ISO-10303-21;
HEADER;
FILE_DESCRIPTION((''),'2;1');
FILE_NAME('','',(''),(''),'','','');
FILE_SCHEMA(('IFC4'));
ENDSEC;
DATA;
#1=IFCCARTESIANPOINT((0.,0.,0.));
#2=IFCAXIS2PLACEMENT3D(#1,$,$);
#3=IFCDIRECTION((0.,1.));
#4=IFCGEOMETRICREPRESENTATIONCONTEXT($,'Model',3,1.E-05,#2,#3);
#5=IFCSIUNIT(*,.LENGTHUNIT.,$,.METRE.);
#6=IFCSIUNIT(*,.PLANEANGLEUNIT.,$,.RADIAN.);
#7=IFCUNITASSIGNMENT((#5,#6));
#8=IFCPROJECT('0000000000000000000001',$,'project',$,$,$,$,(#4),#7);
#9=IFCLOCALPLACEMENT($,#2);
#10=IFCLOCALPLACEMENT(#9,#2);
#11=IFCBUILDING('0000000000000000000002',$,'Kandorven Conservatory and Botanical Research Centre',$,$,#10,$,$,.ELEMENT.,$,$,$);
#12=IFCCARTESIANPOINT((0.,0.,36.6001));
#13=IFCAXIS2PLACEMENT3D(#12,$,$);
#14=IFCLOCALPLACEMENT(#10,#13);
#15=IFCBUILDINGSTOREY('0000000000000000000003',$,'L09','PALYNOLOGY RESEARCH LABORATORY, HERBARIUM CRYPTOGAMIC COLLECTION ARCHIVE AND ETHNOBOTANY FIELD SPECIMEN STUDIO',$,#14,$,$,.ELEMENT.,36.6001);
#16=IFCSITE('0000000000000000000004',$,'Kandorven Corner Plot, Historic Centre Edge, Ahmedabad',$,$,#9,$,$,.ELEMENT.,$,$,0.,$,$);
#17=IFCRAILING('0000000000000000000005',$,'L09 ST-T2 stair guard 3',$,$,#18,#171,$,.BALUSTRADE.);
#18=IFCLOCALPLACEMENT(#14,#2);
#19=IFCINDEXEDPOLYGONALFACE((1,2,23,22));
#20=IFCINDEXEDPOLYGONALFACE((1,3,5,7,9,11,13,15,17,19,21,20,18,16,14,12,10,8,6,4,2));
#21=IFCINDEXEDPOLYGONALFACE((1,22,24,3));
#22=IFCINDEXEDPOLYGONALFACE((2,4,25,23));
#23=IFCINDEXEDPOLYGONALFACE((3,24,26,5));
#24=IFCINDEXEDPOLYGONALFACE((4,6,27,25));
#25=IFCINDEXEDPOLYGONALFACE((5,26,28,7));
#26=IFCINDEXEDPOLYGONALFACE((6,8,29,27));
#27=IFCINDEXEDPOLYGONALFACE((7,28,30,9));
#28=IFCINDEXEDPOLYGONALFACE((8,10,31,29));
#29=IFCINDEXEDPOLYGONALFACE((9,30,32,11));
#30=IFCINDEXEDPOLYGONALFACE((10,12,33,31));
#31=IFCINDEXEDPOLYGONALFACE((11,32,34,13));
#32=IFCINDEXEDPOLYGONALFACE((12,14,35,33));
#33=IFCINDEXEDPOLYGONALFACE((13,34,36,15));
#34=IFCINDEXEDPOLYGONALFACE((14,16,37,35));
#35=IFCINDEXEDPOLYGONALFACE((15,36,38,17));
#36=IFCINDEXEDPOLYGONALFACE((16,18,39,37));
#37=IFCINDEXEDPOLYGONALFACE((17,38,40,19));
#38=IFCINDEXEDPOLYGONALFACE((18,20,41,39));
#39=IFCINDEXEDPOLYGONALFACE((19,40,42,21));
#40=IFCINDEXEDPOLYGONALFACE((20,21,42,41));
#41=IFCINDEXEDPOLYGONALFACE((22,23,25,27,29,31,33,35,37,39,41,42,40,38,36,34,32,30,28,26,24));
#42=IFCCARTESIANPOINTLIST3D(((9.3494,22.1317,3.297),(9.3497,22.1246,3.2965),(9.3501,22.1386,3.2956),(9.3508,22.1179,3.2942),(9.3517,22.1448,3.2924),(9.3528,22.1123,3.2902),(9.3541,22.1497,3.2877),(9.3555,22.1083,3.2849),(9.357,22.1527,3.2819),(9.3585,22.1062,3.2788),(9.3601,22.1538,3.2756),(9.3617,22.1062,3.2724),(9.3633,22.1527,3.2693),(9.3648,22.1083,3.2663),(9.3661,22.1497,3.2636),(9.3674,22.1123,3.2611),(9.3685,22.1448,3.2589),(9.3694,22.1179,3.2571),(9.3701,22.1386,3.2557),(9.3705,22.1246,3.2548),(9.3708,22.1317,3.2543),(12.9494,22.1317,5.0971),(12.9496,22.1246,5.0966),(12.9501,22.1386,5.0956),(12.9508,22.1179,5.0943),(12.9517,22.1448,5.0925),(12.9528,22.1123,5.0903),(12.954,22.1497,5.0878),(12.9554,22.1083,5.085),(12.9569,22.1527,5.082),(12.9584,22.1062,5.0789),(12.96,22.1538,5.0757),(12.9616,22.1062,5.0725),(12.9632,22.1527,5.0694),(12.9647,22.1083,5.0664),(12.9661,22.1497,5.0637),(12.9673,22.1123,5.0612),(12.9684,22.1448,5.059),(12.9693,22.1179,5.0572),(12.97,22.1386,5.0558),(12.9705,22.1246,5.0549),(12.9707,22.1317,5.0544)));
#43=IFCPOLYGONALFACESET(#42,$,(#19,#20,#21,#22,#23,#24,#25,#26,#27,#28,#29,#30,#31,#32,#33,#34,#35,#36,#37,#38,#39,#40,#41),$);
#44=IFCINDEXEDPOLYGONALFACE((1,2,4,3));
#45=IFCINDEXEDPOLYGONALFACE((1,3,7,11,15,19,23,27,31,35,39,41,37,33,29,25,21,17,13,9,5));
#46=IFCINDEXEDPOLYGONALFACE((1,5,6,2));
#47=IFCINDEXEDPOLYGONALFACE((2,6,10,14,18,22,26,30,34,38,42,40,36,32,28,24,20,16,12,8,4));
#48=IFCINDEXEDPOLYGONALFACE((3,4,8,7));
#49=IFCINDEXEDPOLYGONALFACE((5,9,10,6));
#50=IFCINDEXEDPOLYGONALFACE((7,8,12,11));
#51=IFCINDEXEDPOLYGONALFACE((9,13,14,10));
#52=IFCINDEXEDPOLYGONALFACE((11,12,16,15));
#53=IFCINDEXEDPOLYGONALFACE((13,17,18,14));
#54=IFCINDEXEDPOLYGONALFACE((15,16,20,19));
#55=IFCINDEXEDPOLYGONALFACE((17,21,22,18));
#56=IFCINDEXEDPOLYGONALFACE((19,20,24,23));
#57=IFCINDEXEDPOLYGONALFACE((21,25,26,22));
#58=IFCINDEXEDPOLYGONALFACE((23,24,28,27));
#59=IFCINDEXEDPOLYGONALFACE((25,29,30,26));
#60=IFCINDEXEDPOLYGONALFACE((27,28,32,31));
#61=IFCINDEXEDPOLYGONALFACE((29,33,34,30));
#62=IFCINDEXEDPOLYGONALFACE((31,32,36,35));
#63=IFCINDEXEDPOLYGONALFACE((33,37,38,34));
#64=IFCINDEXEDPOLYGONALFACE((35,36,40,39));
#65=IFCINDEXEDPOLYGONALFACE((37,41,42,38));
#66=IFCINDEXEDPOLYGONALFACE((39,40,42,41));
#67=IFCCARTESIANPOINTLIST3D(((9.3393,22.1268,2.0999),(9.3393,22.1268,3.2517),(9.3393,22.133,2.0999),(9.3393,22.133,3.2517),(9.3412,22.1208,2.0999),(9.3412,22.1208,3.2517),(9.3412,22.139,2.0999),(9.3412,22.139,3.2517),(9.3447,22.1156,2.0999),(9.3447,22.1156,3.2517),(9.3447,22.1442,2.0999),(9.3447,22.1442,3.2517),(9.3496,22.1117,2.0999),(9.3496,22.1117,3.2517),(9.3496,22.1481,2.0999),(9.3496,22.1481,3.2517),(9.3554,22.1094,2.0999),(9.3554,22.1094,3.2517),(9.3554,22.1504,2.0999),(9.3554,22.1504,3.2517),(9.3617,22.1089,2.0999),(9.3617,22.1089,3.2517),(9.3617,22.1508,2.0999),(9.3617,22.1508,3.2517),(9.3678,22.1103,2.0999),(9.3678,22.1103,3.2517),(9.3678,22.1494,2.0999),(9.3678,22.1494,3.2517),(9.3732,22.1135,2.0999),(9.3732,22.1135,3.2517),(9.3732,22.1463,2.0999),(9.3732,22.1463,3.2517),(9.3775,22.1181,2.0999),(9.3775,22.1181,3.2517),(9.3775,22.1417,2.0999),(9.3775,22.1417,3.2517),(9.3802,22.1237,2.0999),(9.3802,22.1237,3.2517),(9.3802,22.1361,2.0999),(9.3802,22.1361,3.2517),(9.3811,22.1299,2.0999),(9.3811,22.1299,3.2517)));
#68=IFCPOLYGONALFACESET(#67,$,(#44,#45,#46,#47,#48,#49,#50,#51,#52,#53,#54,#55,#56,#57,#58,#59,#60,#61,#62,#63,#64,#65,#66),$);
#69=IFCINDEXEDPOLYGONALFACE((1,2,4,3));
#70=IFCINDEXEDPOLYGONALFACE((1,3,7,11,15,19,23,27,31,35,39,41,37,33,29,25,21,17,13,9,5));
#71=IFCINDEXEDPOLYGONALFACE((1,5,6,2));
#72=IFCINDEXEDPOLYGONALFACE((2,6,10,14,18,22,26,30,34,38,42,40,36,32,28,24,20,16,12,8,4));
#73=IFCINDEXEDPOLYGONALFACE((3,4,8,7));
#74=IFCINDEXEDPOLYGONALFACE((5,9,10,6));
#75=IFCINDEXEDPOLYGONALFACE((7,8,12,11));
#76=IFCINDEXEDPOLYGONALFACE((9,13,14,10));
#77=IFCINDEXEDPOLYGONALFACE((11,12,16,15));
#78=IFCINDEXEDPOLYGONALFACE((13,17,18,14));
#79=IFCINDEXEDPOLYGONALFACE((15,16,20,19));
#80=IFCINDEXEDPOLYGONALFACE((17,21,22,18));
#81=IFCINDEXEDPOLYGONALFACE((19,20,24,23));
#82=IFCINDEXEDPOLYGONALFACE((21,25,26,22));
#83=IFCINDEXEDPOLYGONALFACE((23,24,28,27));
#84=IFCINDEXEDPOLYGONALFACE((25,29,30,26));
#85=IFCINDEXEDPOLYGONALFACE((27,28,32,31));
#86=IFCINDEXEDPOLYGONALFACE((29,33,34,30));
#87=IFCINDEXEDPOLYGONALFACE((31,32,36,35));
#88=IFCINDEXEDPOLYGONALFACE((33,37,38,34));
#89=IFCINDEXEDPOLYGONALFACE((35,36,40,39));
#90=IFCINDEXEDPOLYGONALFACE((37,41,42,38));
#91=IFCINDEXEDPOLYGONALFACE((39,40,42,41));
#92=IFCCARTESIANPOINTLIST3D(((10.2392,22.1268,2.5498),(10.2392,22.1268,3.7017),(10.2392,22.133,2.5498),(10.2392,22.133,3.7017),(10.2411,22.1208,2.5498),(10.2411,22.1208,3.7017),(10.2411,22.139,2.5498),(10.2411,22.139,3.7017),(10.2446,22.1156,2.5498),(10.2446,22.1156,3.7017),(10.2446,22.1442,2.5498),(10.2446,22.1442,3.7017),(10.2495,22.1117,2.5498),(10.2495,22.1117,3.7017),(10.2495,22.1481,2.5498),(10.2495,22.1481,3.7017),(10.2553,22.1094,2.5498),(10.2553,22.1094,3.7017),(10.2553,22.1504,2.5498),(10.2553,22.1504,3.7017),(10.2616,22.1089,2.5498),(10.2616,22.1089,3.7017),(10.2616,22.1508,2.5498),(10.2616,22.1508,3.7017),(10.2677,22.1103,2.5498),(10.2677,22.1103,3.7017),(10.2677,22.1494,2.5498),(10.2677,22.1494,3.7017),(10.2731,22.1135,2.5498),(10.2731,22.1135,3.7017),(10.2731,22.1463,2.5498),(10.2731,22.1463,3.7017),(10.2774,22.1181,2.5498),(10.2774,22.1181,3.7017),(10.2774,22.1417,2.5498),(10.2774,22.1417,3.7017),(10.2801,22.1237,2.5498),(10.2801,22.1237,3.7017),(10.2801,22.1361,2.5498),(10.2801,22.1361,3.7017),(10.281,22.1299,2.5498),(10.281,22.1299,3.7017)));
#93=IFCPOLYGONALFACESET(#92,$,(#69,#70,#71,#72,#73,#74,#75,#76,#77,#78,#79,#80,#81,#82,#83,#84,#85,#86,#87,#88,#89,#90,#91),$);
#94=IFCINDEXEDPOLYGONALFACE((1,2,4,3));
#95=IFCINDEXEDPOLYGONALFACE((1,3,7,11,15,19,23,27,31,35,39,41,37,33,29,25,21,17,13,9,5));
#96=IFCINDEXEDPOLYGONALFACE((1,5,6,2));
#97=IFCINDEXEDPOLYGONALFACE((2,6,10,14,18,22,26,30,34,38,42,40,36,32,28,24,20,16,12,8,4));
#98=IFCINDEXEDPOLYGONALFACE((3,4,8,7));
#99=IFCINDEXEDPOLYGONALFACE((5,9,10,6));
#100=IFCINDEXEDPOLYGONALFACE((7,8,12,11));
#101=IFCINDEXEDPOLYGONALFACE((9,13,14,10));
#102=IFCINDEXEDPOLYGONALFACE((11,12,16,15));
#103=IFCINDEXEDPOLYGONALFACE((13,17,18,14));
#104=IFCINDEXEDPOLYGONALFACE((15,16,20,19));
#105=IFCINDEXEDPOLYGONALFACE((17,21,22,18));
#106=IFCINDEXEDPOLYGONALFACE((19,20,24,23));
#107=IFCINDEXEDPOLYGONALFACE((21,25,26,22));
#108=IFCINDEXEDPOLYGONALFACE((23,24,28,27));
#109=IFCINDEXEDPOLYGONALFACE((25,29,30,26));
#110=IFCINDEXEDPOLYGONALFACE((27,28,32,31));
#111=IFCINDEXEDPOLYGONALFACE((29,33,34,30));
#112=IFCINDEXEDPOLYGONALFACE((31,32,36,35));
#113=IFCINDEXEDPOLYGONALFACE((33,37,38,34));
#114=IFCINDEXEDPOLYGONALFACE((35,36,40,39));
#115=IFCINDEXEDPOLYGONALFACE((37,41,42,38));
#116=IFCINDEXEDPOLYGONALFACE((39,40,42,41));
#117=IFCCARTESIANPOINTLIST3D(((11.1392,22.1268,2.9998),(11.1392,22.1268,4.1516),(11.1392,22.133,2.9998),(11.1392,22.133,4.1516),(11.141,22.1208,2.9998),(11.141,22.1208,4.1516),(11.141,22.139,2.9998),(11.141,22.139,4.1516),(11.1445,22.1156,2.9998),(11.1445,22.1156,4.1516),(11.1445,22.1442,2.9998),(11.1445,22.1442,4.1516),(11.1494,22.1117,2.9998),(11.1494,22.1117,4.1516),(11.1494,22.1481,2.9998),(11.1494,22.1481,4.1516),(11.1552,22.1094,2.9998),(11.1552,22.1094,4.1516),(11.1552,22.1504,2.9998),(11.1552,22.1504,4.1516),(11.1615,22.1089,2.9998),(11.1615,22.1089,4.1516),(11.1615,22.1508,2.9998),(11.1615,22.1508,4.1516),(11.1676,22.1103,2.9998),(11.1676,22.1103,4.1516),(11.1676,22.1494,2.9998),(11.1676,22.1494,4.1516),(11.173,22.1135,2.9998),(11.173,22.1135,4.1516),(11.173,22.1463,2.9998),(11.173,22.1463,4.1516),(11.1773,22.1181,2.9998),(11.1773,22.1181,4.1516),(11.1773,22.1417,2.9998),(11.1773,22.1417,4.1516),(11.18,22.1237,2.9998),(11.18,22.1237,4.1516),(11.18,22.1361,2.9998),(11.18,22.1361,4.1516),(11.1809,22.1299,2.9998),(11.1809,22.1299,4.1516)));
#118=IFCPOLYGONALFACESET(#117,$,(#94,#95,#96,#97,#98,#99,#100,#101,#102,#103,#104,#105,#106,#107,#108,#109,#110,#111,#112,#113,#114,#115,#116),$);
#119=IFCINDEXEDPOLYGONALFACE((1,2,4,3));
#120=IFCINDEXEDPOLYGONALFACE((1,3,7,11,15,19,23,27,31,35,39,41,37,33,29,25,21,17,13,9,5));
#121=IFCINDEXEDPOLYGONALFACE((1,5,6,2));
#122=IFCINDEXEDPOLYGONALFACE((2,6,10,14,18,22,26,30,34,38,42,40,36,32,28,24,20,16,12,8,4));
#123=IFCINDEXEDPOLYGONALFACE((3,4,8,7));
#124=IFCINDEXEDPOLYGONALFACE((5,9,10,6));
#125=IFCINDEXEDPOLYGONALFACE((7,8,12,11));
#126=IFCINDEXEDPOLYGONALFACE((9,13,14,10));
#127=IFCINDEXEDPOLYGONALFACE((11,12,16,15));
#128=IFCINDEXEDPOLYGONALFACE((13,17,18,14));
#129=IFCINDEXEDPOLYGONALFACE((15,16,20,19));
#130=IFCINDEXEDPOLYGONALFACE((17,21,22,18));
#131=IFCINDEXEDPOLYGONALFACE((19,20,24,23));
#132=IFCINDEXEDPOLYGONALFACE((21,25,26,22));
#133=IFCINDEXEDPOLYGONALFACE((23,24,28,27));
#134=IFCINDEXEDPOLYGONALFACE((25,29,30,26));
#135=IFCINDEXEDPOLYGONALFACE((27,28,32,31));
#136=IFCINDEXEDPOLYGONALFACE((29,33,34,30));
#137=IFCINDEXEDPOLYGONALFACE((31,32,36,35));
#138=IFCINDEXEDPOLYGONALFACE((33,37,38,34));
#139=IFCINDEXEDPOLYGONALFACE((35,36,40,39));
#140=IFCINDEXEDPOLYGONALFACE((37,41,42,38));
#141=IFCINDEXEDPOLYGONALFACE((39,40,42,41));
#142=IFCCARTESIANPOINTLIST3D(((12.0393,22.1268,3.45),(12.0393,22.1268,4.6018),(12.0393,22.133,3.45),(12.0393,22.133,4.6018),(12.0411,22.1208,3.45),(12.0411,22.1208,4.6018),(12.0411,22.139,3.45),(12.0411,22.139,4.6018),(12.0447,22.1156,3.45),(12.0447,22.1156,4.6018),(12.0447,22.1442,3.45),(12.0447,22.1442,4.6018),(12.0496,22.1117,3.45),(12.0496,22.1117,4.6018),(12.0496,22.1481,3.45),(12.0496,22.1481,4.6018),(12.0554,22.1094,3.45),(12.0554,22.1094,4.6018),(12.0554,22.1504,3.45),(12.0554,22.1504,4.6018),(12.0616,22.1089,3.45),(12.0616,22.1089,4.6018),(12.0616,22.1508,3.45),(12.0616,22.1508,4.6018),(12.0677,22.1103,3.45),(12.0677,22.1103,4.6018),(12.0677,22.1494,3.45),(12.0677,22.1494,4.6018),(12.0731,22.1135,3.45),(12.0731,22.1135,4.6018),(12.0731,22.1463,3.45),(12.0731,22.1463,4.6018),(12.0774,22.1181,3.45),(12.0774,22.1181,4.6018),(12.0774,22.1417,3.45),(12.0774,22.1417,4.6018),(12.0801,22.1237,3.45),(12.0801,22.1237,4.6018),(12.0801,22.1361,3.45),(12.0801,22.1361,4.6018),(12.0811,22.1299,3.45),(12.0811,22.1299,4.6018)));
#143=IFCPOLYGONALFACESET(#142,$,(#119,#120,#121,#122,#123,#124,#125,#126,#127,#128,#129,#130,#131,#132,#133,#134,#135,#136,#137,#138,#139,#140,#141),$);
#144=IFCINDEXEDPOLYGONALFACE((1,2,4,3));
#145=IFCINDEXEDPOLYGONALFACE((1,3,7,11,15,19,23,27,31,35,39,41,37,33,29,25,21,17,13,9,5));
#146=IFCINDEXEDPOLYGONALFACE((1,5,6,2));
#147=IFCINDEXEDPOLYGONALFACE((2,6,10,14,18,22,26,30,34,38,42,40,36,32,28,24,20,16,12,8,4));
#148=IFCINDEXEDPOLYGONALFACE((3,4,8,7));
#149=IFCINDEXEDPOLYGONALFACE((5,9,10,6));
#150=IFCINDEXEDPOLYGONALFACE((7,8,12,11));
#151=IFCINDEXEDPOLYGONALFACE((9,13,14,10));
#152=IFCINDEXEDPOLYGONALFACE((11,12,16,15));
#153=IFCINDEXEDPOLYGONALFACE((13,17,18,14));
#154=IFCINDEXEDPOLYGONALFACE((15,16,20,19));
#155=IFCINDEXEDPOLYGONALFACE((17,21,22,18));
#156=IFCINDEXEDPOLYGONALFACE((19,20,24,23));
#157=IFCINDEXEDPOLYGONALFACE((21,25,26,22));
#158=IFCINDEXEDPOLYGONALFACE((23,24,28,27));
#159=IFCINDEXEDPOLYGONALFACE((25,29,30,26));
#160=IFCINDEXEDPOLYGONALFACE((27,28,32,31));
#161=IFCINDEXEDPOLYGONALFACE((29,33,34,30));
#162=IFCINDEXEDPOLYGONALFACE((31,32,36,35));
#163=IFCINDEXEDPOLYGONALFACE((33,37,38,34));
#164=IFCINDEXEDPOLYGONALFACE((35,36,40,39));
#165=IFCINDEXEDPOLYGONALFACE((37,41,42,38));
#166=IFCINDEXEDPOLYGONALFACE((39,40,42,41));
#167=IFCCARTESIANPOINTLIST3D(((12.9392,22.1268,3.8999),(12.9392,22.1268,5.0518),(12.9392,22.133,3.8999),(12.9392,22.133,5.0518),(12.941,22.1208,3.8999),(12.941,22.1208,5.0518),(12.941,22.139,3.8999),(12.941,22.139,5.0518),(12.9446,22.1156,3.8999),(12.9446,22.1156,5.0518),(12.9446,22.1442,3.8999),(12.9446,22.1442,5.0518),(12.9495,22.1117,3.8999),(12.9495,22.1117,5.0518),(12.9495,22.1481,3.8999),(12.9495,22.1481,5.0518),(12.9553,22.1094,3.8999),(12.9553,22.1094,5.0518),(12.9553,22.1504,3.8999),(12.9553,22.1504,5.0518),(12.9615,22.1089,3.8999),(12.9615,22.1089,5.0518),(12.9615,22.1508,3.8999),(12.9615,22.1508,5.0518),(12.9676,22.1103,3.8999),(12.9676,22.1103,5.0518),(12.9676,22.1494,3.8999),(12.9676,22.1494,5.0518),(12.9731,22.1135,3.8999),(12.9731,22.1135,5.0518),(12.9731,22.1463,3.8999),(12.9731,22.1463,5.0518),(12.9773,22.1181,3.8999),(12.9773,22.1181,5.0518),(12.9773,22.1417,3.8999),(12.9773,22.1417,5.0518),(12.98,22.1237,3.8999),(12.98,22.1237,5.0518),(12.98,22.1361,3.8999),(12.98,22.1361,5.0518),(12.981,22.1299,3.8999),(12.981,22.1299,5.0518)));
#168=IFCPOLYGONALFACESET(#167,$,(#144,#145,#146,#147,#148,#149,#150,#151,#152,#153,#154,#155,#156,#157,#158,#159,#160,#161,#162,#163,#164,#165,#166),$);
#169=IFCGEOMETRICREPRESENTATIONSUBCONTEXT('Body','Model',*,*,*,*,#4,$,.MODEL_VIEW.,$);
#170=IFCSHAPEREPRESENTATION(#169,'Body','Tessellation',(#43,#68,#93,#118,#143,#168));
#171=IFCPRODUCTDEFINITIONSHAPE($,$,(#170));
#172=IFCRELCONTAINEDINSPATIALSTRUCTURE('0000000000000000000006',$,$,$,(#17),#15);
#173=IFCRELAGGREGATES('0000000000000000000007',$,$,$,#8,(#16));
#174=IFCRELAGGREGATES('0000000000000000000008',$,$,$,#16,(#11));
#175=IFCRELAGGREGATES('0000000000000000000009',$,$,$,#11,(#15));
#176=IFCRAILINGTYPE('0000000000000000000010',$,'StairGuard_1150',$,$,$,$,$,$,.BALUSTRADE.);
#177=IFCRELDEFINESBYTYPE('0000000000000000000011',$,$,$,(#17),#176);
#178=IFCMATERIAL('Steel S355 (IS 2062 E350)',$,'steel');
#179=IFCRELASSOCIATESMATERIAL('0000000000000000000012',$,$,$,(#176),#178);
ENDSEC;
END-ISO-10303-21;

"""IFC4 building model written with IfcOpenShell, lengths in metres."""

from ifc_helpers import new_model, si_unit, direction, frame, origin, origin_2d, place, context, subcontext, project, spatial, circle, extrude, material, type_object, element, save


model = new_model("IFC4")

# Units and contexts
model_context = context("Model", 3, precision=1e-05, world=origin(), true_north=direction((0.0, 1.0)))
body_context = subcontext(model_context, "Body", "Model", "MODEL_VIEW")
ifc_project = project(units=[si_unit("LENGTHUNIT", "METRE"), si_unit("PLANEANGLEUNIT", "RADIAN")], contexts=[model_context])

# Site, building, storey
site_placement = place(None, origin())
site = spatial("IfcSite", under=ifc_project, at=site_placement, Name="Kandorven Corner Plot, Historic Centre Edge, Ahmedabad", CompositionType="ELEMENT", RefElevation=0.0)
building_placement = place(site_placement, origin())
building = spatial("IfcBuilding", under=site, at=building_placement, Name="Kandorven Conservatory and Botanical Research Centre", CompositionType="ELEMENT")
storey_placement = place(building_placement, frame((0.0, 0.0, 36.6001)))
storey = spatial("IfcBuildingStorey", under=building, at=storey_placement, Name="L09", Description="PALYNOLOGY RESEARCH LABORATORY, HERBARIUM CRYPTOGAMIC COLLECTION ARCHIVE AND ETHNOBOTANY FIELD SPECIMEN STUDIO", CompositionType="ELEMENT", Elevation=36.6001)

# Railing
ifc_material_1 = material(Name="Steel S355 (IS 2062 E350)", Category="steel")
railing_type_1 = type_object("IfcRailingType", Name="StairGuard_1150", PredefinedType="BALUSTRADE", material=ifc_material_1)
railing_1_placement = place(storey_placement, frame((9.3601, 22.1299, 2.0999)))
element("IfcRailing", 1, at=railing_1_placement, inside=storey, type_object=railing_type_1, Name="L09 ST-T2 stair guard 3", PredefinedType="BALUSTRADE", context=body_context, shape_type="SweptSolid", body=[
    extrude(circle(Radius=0.0239, at=origin_2d()), frame((0.0, 0.0, 1.1758), z_axis=(0.894415, 0.0, 0.447238), x_axis=(0.0, 1.0, 0.0)), (0.0, 0.0, 1.0), 4.0249),
    extrude(circle(Radius=0.021, at=origin_2d()), origin(), (0.0, 0.0, 1.0), 1.1519),
    extrude(circle(Radius=0.021, at=origin_2d()), frame((0.8999, 0.0, 0.45)), (0.0, 0.0, 1.0), 1.1519),
    extrude(circle(Radius=0.021, at=origin_2d()), frame((1.7998, 0.0, 0.8999)), (0.0, 0.0, 1.0), 1.1519),
    extrude(circle(Radius=0.021, at=origin_2d()), frame((2.7, 0.0, 1.3501)), (0.0, 0.0, 1.0), 1.1519),
    extrude(circle(Radius=0.021, at=origin_2d()), frame((3.5999, 0.0, 1.8)), (0.0, 0.0, 1.0), 1.1519),
])

save(model, "model.ifc")
